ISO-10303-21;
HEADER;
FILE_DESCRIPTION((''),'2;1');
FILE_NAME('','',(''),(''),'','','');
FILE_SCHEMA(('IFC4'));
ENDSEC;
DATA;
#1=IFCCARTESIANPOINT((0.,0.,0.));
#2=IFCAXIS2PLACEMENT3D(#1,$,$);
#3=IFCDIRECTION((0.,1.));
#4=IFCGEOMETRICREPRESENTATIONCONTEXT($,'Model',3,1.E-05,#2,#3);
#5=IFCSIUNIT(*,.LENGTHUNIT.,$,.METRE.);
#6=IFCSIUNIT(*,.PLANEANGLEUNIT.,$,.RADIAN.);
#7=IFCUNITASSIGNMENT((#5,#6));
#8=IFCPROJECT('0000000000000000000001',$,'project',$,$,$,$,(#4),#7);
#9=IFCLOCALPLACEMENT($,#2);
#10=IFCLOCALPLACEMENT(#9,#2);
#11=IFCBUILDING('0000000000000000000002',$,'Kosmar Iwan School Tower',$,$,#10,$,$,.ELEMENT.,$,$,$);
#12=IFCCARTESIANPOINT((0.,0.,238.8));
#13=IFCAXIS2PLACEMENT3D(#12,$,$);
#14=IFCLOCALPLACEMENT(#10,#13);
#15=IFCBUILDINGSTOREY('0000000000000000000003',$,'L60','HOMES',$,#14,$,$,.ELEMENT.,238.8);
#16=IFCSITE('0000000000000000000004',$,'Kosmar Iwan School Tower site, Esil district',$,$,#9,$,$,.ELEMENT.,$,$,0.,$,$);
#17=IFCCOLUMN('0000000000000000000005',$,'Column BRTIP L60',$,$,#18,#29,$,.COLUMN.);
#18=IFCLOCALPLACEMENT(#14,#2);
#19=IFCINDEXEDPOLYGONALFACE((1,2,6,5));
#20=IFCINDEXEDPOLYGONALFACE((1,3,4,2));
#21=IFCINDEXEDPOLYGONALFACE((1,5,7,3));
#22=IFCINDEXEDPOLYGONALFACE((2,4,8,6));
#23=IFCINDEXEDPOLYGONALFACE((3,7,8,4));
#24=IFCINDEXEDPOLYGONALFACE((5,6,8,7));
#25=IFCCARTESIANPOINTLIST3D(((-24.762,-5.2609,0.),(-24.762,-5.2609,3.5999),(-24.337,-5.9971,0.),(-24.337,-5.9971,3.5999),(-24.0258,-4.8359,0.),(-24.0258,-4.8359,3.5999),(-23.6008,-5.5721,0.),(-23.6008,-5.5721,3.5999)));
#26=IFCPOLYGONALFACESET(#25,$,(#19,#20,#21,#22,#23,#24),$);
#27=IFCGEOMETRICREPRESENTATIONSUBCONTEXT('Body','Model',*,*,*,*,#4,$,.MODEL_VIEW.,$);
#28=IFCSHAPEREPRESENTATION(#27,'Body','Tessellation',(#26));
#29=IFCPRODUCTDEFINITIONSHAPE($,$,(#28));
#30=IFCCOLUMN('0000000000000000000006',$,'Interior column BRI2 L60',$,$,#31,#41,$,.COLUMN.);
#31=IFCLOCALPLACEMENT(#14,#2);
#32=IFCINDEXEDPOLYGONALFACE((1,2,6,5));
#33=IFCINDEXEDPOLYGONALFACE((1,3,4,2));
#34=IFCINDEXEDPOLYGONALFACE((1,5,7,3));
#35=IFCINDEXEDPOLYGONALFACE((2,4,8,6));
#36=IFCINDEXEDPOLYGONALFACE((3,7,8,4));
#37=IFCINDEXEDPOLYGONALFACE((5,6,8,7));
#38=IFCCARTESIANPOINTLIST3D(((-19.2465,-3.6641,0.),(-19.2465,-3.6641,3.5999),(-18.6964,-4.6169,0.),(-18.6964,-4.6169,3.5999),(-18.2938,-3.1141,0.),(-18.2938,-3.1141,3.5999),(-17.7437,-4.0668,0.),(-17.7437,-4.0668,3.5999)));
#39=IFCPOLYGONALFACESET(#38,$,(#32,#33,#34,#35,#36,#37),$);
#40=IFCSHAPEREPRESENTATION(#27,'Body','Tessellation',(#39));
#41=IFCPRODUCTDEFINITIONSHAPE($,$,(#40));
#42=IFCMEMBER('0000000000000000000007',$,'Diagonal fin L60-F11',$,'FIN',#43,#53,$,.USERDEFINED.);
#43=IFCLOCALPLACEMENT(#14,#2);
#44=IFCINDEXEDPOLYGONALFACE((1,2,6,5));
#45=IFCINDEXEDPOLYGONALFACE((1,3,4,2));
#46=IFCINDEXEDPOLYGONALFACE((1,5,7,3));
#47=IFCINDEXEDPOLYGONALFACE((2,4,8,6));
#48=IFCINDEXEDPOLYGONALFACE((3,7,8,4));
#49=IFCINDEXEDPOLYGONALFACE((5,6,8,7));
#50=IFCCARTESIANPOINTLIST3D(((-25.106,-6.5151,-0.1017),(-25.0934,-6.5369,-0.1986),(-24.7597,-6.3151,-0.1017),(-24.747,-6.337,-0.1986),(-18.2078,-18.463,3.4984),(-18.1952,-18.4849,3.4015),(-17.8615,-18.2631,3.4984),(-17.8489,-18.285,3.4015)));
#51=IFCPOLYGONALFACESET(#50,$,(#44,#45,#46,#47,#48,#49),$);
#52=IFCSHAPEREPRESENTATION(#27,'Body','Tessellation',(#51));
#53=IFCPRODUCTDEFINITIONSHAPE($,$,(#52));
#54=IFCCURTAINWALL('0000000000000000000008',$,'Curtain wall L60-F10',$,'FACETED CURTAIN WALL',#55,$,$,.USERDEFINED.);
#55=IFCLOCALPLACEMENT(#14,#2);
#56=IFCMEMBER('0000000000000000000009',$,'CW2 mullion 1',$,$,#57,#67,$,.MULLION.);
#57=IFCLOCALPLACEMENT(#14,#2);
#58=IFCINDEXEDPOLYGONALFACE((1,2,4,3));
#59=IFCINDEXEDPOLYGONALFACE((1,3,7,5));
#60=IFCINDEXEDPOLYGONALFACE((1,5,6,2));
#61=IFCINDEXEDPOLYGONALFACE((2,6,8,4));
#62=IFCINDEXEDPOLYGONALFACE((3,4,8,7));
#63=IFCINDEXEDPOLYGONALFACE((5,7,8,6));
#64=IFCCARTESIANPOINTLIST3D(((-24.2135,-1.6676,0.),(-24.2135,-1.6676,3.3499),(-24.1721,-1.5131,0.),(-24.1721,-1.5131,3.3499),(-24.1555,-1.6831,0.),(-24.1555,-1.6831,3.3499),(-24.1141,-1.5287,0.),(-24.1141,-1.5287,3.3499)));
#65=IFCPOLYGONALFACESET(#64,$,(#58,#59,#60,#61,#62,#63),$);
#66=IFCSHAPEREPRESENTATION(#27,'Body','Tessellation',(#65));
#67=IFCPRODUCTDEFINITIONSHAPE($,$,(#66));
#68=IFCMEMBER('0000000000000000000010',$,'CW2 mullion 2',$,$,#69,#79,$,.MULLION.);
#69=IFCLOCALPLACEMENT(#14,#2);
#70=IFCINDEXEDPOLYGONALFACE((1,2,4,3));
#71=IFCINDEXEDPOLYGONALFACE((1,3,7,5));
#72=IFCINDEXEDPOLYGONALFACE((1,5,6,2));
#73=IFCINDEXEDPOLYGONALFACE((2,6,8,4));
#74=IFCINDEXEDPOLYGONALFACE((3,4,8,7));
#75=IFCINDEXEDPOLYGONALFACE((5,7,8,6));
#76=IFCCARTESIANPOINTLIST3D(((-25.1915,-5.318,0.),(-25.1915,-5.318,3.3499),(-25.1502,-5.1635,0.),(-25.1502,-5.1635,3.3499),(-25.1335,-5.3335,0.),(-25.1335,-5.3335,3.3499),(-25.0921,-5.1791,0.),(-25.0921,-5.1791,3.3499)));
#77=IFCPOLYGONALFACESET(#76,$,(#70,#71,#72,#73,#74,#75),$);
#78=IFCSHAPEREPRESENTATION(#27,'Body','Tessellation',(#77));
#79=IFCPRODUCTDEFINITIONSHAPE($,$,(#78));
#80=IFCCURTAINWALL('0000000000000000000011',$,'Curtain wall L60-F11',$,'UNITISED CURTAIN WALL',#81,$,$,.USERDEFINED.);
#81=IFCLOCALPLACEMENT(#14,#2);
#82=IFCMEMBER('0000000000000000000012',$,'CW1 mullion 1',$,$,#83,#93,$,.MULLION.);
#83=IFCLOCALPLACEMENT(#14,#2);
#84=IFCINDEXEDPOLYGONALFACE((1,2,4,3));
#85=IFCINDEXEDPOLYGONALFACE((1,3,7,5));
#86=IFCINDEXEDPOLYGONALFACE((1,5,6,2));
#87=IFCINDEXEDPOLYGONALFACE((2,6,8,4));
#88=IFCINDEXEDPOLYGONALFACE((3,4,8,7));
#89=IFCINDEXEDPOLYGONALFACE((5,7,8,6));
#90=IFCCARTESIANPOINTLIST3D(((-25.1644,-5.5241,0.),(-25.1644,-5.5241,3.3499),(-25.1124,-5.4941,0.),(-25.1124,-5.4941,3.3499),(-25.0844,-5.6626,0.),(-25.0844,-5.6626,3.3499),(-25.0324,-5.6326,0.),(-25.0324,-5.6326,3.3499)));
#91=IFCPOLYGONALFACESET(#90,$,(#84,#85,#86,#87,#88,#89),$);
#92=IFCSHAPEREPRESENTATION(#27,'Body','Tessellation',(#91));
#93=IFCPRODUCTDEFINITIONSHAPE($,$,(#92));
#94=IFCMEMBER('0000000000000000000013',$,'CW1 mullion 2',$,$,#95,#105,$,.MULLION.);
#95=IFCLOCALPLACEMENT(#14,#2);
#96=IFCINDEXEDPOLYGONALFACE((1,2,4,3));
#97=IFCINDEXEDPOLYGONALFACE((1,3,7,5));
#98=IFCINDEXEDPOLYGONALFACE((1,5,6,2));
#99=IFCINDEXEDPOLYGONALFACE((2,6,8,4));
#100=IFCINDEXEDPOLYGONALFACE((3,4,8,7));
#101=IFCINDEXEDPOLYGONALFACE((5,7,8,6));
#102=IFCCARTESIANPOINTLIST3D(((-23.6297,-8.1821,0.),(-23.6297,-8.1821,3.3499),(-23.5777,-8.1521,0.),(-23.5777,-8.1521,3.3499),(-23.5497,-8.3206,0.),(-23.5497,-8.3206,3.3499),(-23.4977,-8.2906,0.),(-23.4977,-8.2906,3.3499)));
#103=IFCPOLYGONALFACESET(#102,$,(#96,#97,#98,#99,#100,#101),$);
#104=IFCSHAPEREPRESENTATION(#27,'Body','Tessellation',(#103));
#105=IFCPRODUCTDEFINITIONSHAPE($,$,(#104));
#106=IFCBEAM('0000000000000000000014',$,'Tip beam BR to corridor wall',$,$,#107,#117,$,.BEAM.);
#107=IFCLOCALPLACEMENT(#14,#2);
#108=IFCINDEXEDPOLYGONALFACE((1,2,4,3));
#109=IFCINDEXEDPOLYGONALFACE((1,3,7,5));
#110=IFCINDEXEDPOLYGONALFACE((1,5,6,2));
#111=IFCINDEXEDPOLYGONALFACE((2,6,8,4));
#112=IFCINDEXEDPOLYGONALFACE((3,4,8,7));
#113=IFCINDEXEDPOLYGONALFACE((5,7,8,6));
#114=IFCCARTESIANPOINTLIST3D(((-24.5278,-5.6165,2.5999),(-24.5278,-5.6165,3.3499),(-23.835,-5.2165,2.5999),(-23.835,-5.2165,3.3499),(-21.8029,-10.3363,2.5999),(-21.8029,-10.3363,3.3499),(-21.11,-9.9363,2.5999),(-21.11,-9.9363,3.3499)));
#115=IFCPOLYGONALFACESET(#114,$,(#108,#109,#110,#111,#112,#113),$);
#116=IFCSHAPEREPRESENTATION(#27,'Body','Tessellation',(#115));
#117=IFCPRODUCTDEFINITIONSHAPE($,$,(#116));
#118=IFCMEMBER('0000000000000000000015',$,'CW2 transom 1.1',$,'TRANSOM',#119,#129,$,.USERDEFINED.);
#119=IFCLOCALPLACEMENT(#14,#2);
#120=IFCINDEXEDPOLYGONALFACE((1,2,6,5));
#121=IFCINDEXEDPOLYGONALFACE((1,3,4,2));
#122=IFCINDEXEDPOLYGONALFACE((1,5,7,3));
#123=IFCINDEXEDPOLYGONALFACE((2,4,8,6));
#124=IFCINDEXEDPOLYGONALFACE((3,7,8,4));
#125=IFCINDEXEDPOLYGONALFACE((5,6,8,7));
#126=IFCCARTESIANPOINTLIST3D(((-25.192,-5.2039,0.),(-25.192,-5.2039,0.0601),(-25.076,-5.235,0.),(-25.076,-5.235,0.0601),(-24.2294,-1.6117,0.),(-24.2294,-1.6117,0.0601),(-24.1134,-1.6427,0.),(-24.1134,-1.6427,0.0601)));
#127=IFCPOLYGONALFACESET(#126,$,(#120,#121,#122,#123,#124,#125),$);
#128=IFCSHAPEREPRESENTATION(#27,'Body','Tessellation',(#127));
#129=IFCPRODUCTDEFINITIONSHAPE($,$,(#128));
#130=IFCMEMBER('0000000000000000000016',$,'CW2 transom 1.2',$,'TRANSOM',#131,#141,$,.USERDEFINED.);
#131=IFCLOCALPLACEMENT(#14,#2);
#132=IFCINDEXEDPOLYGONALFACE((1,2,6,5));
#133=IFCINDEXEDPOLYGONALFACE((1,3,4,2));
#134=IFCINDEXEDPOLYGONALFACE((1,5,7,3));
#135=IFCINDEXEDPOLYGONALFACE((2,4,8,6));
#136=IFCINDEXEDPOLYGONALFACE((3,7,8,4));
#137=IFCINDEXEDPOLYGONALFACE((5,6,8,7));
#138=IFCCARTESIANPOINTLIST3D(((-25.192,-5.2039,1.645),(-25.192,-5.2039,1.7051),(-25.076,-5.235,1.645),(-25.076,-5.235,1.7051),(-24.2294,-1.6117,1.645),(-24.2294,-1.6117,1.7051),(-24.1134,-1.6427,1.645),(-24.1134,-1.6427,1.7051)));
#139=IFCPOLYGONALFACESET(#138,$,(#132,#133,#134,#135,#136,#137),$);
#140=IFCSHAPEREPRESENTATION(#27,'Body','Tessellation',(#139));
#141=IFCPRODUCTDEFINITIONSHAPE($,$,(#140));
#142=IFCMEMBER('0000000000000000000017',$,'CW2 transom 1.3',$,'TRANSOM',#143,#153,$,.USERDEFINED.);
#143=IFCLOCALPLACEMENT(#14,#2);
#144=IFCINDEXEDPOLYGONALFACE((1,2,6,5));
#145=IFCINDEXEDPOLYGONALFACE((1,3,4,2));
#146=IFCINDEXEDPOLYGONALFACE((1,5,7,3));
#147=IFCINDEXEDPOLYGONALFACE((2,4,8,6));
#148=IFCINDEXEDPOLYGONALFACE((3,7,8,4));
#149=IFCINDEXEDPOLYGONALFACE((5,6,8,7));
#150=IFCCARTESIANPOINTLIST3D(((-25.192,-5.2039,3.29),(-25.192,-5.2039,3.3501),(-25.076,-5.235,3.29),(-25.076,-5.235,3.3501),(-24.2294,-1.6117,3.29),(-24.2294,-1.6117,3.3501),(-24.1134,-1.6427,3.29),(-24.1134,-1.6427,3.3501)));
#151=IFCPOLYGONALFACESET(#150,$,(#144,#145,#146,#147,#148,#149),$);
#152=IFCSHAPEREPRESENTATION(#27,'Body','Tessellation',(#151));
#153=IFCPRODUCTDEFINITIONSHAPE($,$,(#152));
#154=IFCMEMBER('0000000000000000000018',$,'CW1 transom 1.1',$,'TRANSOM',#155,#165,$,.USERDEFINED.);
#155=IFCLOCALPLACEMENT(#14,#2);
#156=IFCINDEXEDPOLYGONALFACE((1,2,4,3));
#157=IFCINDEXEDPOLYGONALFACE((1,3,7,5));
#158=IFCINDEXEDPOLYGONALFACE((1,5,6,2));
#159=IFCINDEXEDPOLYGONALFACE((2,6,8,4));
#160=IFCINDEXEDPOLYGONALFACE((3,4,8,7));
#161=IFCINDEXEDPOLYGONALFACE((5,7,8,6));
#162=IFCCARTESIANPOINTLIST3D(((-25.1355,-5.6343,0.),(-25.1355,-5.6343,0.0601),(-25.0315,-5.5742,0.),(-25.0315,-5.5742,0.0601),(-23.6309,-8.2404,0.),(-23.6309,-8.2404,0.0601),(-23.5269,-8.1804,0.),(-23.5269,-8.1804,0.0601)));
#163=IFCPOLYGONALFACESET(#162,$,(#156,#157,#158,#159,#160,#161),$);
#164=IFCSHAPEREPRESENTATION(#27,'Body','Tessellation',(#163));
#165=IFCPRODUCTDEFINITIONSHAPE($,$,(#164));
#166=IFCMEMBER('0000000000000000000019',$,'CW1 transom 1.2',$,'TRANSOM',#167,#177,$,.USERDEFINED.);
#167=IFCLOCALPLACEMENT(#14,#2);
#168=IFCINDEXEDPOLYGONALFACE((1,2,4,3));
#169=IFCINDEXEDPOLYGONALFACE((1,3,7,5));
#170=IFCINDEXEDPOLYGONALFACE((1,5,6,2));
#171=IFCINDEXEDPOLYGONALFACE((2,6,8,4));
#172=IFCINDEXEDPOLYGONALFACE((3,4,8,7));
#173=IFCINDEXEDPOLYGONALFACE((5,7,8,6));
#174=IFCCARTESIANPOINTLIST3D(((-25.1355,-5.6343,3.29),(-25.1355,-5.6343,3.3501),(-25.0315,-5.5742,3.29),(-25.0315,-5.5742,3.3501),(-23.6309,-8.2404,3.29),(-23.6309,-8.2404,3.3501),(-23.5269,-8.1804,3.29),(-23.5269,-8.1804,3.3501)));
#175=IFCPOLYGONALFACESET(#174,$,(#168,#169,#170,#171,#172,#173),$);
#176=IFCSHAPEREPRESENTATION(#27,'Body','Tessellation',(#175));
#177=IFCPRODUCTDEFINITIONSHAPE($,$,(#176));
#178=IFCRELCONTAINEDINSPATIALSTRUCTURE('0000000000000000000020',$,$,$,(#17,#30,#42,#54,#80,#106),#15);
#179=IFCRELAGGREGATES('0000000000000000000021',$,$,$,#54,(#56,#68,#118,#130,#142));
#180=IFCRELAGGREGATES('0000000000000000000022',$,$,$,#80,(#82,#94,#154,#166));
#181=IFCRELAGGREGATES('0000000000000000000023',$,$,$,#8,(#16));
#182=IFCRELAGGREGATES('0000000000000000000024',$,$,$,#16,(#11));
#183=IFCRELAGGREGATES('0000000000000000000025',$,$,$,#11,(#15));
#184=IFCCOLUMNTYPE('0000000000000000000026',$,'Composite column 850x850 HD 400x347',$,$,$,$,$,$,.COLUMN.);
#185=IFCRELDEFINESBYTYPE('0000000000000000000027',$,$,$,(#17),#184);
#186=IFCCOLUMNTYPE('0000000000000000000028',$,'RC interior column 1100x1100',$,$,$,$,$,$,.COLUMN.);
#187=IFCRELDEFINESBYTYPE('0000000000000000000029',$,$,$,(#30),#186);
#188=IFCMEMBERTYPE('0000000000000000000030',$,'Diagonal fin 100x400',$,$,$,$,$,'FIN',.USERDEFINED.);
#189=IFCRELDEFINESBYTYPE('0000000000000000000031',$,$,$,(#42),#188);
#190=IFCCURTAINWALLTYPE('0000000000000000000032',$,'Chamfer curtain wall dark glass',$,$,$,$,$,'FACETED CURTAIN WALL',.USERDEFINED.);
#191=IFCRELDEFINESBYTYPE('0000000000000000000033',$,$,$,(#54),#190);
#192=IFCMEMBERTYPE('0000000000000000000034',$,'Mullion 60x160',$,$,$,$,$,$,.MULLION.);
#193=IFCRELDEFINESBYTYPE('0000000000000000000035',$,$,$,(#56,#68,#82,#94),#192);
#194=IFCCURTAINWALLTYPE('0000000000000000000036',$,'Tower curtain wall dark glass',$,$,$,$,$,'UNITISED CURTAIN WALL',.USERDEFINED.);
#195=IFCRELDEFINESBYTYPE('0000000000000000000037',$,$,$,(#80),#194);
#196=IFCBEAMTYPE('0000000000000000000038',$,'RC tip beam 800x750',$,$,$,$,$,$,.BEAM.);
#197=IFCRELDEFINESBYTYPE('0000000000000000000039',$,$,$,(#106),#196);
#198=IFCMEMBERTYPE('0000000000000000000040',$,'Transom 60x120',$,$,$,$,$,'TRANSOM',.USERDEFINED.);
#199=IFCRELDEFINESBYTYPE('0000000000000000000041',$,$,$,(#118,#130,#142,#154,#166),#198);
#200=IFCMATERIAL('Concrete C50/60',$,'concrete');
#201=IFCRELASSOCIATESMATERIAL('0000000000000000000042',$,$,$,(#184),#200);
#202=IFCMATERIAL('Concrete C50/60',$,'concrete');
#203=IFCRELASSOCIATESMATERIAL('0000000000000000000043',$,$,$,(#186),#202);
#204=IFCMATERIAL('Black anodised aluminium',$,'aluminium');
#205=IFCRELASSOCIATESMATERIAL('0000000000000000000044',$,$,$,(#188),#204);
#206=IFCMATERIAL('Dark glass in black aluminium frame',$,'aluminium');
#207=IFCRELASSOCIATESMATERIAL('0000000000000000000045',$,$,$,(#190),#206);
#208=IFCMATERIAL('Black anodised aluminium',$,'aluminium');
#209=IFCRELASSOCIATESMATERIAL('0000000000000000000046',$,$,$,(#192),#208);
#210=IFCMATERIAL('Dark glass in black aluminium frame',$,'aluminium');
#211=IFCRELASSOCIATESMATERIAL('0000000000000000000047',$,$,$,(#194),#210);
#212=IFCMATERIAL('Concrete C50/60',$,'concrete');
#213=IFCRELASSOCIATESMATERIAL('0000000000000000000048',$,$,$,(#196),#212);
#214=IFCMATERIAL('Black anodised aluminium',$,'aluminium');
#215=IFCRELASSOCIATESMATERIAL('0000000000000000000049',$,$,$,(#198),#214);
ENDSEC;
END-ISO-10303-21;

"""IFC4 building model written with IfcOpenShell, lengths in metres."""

from ifc_helpers import new_model, si_unit, direction, frame, origin, origin_2d, place, context, subcontext, project, spatial, rectangle, extrude, material, material_profile, profile_set, type_object, element, aggregate, save


model = new_model("IFC4")

# Units and contexts
model_context = context("Model", 3, precision=1e-05, world=origin(), true_north=direction((0.0, 1.0)))
body_context = subcontext(model_context, "Body", "Model", "MODEL_VIEW")
ifc_project = project(units=[si_unit("LENGTHUNIT", "METRE"), si_unit("PLANEANGLEUNIT", "RADIAN")], contexts=[model_context])

# Site, building, storey
site_placement = place(None, origin())
site = spatial("IfcSite", under=ifc_project, at=site_placement, Name="Kosmar Iwan School Tower site, Esil district", CompositionType="ELEMENT", RefElevation=0.0)
building_placement = place(site_placement, origin())
building = spatial("IfcBuilding", under=site, at=building_placement, Name="Kosmar Iwan School Tower", CompositionType="ELEMENT")
storey_placement = place(building_placement, frame((0.0, 0.0, 238.8)))
storey = spatial("IfcBuildingStorey", under=building, at=storey_placement, Name="L60", Description="HOMES", CompositionType="ELEMENT", Elevation=238.8)

# Columns
ifc_material_1 = material(Name="Concrete C50/60", Category="concrete")
ifc_material_profile_1 = material_profile(ifc_material_1, rectangle(XDim=0.8501, YDim=0.8501, at=origin_2d()), Name="RC 850x850 + HD 400x347")
ifc_profile_set_1 = profile_set([ifc_material_profile_1], Name="Concrete C50/60")
column_type_1 = type_object("IfcColumnType", Name="Composite column 850x850 HD 400x347", PredefinedType="COLUMN", material=ifc_profile_set_1)
column_1_placement = place(storey_placement, frame((-24.1814, -5.4165, 0.0), z_axis=(0.0, 0.0, 1.0), x_axis=(-0.866025, -0.5, 0.0)))
element("IfcColumn", 1, at=column_1_placement, inside=storey, type_object=column_type_1, Name="Column BRTIP L60", PredefinedType="COLUMN", context=body_context, shape_type="SweptSolid", body=[
    extrude(rectangle(XDim=0.8501, YDim=0.8501, at=origin_2d()), origin(), (0.0, 0.0, 1.0), 3.5999),
])
ifc_material_2 = material(Name="Concrete C50/60", Category="concrete")
ifc_material_profile_2 = material_profile(ifc_material_2, rectangle(XDim=1.1001, YDim=1.1001, at=origin_2d()), Name="RC 1100x1100")
ifc_profile_set_2 = profile_set([ifc_material_profile_2], Name="Concrete C50/60")
column_type_2 = type_object("IfcColumnType", Name="RC interior column 1100x1100", PredefinedType="COLUMN", material=ifc_profile_set_2)
column_2_placement = place(storey_placement, frame((-18.4951, -3.8655, 0.0), z_axis=(0.0, 0.0, 1.0), x_axis=(-0.866025, -0.5, 0.0)))
element("IfcColumn", 2, at=column_2_placement, inside=storey, type_object=column_type_2, Name="Interior column BRI2 L60", PredefinedType="COLUMN", context=body_context, shape_type="SweptSolid", body=[
    extrude(rectangle(XDim=1.1001, YDim=1.1001, at=origin_2d()), origin(), (0.0, 0.0, 1.0), 3.5999),
])

# Member
ifc_material_3 = material(Name="Black anodised aluminium", Category="aluminium")
ifc_material_profile_3 = material_profile(ifc_material_3, rectangle(XDim=0.1001, YDim=0.3999, at=origin_2d()), Name="FIN 100x400")
ifc_profile_set_3 = profile_set([ifc_material_profile_3], Name="Black anodised aluminium")
member_type_1 = type_object("IfcMemberType", Name="Diagonal fin 100x400", ElementType="FIN", PredefinedType="USERDEFINED", material=ifc_profile_set_3)
member_1_placement = place(storey_placement, frame((-24.9265, -6.426, -0.1501), z_axis=(0.4838, -0.837965, 0.252491), x_axis=(-0.126245, 0.218663, 0.967599)))
element("IfcMember", 3, at=member_1_placement, inside=storey, type_object=member_type_1, Name="Diagonal fin L60-F11", ObjectType="FIN", PredefinedType="USERDEFINED", context=body_context, shape_type="SweptSolid", body=[
    extrude(rectangle(XDim=0.1001, YDim=0.3999, at=origin_2d()), origin(), (0.0, 0.0, 1.0), 14.2583),
])

# Curtain walls, members
ifc_material_4 = material(Name="Dark glass in black aluminium frame", Category="aluminium")
curtain_wall_type_1 = type_object("IfcCurtainWallType", Name="Chamfer curtain wall dark glass", ElementType="FACETED CURTAIN WALL", PredefinedType="USERDEFINED", material=ifc_material_4)
curtain_wall_1_placement = place(storey_placement, origin())
curtain_wall_1 = element("IfcCurtainWall", 4, at=curtain_wall_1_placement, inside=storey, type_object=curtain_wall_type_1, Name="Curtain wall L60-F10", ObjectType="FACETED CURTAIN WALL", PredefinedType="USERDEFINED")
ifc_material_5 = material(Name="Black anodised aluminium", Category="aluminium")
ifc_material_profile_4 = material_profile(ifc_material_5, rectangle(XDim=0.0601, YDim=0.1599, at=origin_2d()), Name="MULLION 60x160")
ifc_profile_set_4 = profile_set([ifc_material_profile_4], Name="Black anodised aluminium")
member_type_2 = type_object("IfcMemberType", Name="Mullion 60x160", PredefinedType="MULLION", material=ifc_profile_set_4)
member_2_placement = place(storey_placement, frame((-24.1638, -1.5981, 0.0), z_axis=(0.0, 0.0, 1.0), x_axis=(0.965926, -0.258819, 0.0)))
member_2 = element("IfcMember", 5, at=member_2_placement, type_object=member_type_2, Name="CW2 mullion 1", PredefinedType="MULLION", context=body_context, shape_type="SweptSolid", body=[
    extrude(rectangle(XDim=0.0601, YDim=0.1599, at=origin_2d()), origin(), (0.0, 0.0, 1.0), 3.3499),
])
member_3_placement = place(storey_placement, frame((-25.1418, -5.2485, 0.0), z_axis=(0.0, 0.0, 1.0), x_axis=(0.965926, -0.258819, 0.0)))
member_3 = element("IfcMember", 6, at=member_3_placement, type_object=member_type_2, Name="CW2 mullion 2", PredefinedType="MULLION", context=body_context, shape_type="SweptSolid", body=[
    extrude(rectangle(XDim=0.0601, YDim=0.1599, at=origin_2d()), origin(), (0.0, 0.0, 1.0), 3.3499),
])
ifc_material_6 = material(Name="Dark glass in black aluminium frame", Category="aluminium")
curtain_wall_type_2 = type_object("IfcCurtainWallType", Name="Tower curtain wall dark glass", ElementType="UNITISED CURTAIN WALL", PredefinedType="USERDEFINED", material=ifc_material_6)
curtain_wall_2_placement = place(storey_placement, origin())
curtain_wall_2 = element("IfcCurtainWall", 7, at=curtain_wall_2_placement, inside=storey, type_object=curtain_wall_type_2, Name="Curtain wall L60-F11", ObjectType="UNITISED CURTAIN WALL", PredefinedType="USERDEFINED")
member_4_placement = place(storey_placement, frame((-25.0984, -5.5784, 0.0), z_axis=(0.0, 0.0, 1.0), x_axis=(0.866025, 0.5, 0.0)))
member_4 = element("IfcMember", 8, at=member_4_placement, type_object=member_type_2, Name="CW1 mullion 1", PredefinedType="MULLION", context=body_context, shape_type="SweptSolid", body=[
    extrude(rectangle(XDim=0.0601, YDim=0.1599, at=origin_2d()), origin(), (0.0, 0.0, 1.0), 3.3499),
])
member_5_placement = place(storey_placement, frame((-23.5637, -8.2363, 0.0), z_axis=(0.0, 0.0, 1.0), x_axis=(0.866025, 0.5, 0.0)))
member_5 = element("IfcMember", 9, at=member_5_placement, type_object=member_type_2, Name="CW1 mullion 2", PredefinedType="MULLION", context=body_context, shape_type="SweptSolid", body=[
    extrude(rectangle(XDim=0.0601, YDim=0.1599, at=origin_2d()), origin(), (0.0, 0.0, 1.0), 3.3499),
])

# Beam
ifc_material_7 = material(Name="Concrete C50/60", Category="concrete")
ifc_material_profile_5 = material_profile(ifc_material_7, rectangle(XDim=0.8, YDim=0.75, at=origin_2d()), Name="RC 800x750")
ifc_profile_set_5 = profile_set([ifc_material_profile_5], Name="Concrete C50/60")
beam_type = type_object("IfcBeamType", Name="RC tip beam 800x750", PredefinedType="BEAM", material=ifc_profile_set_5)
beam_placement = place(storey_placement, frame((-24.1814, -5.4165, 2.9749), z_axis=(0.499989, -0.866032, 0.0), x_axis=(0.866032, 0.499989, 0.0)))
element("IfcBeam", 10, at=beam_placement, inside=storey, type_object=beam_type, Name="Tip beam BR to corridor wall", PredefinedType="BEAM", context=body_context, shape_type="SweptSolid", body=[
    extrude(rectangle(XDim=0.8, YDim=0.75, at=origin_2d()), origin(), (0.0, 0.0, 1.0), 5.45),
])

# Members
ifc_material_8 = material(Name="Black anodised aluminium", Category="aluminium")
ifc_material_profile_6 = material_profile(ifc_material_8, rectangle(XDim=0.1201, YDim=0.0601, at=origin_2d()), Name="TRANSOM 60x120")
ifc_profile_set_6 = profile_set([ifc_material_profile_6], Name="Black anodised aluminium")
member_type_3 = type_object("IfcMemberType", Name="Transom 60x120", ElementType="TRANSOM", PredefinedType="USERDEFINED", material=ifc_profile_set_6)
member_6_placement = place(storey_placement, frame((-24.1714, -1.6272, 0.03), z_axis=(-0.258843, -0.965919, 0.0), x_axis=(0.965919, -0.258843, 0.0)))
member_6 = element("IfcMember", 11, at=member_6_placement, type_object=member_type_3, Name="CW2 transom 1.1", ObjectType="TRANSOM", PredefinedType="USERDEFINED", context=body_context, shape_type="SweptSolid", body=[
    extrude(rectangle(XDim=0.1201, YDim=0.0601, at=origin_2d()), origin(), (0.0, 0.0, 1.0), 3.719),
])
member_7_placement = place(storey_placement, frame((-24.1714, -1.6272, 1.675), z_axis=(-0.258843, -0.965919, 0.0), x_axis=(0.965919, -0.258843, 0.0)))
member_7 = element("IfcMember", 12, at=member_7_placement, type_object=member_type_3, Name="CW2 transom 1.2", ObjectType="TRANSOM", PredefinedType="USERDEFINED", context=body_context, shape_type="SweptSolid", body=[
    extrude(rectangle(XDim=0.1201, YDim=0.0601, at=origin_2d()), origin(), (0.0, 0.0, 1.0), 3.719),
])
member_8_placement = place(storey_placement, frame((-24.1714, -1.6272, 3.3201), z_axis=(-0.258843, -0.965919, 0.0), x_axis=(0.965919, -0.258843, 0.0)))
member_8 = element("IfcMember", 13, at=member_8_placement, type_object=member_type_3, Name="CW2 transom 1.3", ObjectType="TRANSOM", PredefinedType="USERDEFINED", context=body_context, shape_type="SweptSolid", body=[
    extrude(rectangle(XDim=0.1201, YDim=0.0601, at=origin_2d()), origin(), (0.0, 0.0, 1.0), 3.719),
])
member_9_placement = place(storey_placement, frame((-25.0835, -5.6042, 0.03), z_axis=(0.499987, -0.866033, 0.0), x_axis=(0.866033, 0.499987, 0.0)))
member_9 = element("IfcMember", 14, at=member_9_placement, type_object=member_type_3, Name="CW1 transom 1.1", ObjectType="TRANSOM", PredefinedType="USERDEFINED", context=body_context, shape_type="SweptSolid", body=[
    extrude(rectangle(XDim=0.1201, YDim=0.0601, at=origin_2d()), origin(), (0.0, 0.0, 1.0), 3.0093),
])
member_10_placement = place(storey_placement, frame((-25.0835, -5.6042, 3.3201), z_axis=(0.499987, -0.866033, 0.0), x_axis=(0.866033, 0.499987, 0.0)))
member_10 = element("IfcMember", 15, at=member_10_placement, type_object=member_type_3, Name="CW1 transom 1.2", ObjectType="TRANSOM", PredefinedType="USERDEFINED", context=body_context, shape_type="SweptSolid", body=[
    extrude(rectangle(XDim=0.1201, YDim=0.0601, at=origin_2d()), origin(), (0.0, 0.0, 1.0), 3.0093),
])

aggregate(curtain_wall_1, [member_2, member_3, member_6, member_7, member_8])
aggregate(curtain_wall_2, [member_4, member_5, member_9, member_10])

save(model, "model.ifc")
